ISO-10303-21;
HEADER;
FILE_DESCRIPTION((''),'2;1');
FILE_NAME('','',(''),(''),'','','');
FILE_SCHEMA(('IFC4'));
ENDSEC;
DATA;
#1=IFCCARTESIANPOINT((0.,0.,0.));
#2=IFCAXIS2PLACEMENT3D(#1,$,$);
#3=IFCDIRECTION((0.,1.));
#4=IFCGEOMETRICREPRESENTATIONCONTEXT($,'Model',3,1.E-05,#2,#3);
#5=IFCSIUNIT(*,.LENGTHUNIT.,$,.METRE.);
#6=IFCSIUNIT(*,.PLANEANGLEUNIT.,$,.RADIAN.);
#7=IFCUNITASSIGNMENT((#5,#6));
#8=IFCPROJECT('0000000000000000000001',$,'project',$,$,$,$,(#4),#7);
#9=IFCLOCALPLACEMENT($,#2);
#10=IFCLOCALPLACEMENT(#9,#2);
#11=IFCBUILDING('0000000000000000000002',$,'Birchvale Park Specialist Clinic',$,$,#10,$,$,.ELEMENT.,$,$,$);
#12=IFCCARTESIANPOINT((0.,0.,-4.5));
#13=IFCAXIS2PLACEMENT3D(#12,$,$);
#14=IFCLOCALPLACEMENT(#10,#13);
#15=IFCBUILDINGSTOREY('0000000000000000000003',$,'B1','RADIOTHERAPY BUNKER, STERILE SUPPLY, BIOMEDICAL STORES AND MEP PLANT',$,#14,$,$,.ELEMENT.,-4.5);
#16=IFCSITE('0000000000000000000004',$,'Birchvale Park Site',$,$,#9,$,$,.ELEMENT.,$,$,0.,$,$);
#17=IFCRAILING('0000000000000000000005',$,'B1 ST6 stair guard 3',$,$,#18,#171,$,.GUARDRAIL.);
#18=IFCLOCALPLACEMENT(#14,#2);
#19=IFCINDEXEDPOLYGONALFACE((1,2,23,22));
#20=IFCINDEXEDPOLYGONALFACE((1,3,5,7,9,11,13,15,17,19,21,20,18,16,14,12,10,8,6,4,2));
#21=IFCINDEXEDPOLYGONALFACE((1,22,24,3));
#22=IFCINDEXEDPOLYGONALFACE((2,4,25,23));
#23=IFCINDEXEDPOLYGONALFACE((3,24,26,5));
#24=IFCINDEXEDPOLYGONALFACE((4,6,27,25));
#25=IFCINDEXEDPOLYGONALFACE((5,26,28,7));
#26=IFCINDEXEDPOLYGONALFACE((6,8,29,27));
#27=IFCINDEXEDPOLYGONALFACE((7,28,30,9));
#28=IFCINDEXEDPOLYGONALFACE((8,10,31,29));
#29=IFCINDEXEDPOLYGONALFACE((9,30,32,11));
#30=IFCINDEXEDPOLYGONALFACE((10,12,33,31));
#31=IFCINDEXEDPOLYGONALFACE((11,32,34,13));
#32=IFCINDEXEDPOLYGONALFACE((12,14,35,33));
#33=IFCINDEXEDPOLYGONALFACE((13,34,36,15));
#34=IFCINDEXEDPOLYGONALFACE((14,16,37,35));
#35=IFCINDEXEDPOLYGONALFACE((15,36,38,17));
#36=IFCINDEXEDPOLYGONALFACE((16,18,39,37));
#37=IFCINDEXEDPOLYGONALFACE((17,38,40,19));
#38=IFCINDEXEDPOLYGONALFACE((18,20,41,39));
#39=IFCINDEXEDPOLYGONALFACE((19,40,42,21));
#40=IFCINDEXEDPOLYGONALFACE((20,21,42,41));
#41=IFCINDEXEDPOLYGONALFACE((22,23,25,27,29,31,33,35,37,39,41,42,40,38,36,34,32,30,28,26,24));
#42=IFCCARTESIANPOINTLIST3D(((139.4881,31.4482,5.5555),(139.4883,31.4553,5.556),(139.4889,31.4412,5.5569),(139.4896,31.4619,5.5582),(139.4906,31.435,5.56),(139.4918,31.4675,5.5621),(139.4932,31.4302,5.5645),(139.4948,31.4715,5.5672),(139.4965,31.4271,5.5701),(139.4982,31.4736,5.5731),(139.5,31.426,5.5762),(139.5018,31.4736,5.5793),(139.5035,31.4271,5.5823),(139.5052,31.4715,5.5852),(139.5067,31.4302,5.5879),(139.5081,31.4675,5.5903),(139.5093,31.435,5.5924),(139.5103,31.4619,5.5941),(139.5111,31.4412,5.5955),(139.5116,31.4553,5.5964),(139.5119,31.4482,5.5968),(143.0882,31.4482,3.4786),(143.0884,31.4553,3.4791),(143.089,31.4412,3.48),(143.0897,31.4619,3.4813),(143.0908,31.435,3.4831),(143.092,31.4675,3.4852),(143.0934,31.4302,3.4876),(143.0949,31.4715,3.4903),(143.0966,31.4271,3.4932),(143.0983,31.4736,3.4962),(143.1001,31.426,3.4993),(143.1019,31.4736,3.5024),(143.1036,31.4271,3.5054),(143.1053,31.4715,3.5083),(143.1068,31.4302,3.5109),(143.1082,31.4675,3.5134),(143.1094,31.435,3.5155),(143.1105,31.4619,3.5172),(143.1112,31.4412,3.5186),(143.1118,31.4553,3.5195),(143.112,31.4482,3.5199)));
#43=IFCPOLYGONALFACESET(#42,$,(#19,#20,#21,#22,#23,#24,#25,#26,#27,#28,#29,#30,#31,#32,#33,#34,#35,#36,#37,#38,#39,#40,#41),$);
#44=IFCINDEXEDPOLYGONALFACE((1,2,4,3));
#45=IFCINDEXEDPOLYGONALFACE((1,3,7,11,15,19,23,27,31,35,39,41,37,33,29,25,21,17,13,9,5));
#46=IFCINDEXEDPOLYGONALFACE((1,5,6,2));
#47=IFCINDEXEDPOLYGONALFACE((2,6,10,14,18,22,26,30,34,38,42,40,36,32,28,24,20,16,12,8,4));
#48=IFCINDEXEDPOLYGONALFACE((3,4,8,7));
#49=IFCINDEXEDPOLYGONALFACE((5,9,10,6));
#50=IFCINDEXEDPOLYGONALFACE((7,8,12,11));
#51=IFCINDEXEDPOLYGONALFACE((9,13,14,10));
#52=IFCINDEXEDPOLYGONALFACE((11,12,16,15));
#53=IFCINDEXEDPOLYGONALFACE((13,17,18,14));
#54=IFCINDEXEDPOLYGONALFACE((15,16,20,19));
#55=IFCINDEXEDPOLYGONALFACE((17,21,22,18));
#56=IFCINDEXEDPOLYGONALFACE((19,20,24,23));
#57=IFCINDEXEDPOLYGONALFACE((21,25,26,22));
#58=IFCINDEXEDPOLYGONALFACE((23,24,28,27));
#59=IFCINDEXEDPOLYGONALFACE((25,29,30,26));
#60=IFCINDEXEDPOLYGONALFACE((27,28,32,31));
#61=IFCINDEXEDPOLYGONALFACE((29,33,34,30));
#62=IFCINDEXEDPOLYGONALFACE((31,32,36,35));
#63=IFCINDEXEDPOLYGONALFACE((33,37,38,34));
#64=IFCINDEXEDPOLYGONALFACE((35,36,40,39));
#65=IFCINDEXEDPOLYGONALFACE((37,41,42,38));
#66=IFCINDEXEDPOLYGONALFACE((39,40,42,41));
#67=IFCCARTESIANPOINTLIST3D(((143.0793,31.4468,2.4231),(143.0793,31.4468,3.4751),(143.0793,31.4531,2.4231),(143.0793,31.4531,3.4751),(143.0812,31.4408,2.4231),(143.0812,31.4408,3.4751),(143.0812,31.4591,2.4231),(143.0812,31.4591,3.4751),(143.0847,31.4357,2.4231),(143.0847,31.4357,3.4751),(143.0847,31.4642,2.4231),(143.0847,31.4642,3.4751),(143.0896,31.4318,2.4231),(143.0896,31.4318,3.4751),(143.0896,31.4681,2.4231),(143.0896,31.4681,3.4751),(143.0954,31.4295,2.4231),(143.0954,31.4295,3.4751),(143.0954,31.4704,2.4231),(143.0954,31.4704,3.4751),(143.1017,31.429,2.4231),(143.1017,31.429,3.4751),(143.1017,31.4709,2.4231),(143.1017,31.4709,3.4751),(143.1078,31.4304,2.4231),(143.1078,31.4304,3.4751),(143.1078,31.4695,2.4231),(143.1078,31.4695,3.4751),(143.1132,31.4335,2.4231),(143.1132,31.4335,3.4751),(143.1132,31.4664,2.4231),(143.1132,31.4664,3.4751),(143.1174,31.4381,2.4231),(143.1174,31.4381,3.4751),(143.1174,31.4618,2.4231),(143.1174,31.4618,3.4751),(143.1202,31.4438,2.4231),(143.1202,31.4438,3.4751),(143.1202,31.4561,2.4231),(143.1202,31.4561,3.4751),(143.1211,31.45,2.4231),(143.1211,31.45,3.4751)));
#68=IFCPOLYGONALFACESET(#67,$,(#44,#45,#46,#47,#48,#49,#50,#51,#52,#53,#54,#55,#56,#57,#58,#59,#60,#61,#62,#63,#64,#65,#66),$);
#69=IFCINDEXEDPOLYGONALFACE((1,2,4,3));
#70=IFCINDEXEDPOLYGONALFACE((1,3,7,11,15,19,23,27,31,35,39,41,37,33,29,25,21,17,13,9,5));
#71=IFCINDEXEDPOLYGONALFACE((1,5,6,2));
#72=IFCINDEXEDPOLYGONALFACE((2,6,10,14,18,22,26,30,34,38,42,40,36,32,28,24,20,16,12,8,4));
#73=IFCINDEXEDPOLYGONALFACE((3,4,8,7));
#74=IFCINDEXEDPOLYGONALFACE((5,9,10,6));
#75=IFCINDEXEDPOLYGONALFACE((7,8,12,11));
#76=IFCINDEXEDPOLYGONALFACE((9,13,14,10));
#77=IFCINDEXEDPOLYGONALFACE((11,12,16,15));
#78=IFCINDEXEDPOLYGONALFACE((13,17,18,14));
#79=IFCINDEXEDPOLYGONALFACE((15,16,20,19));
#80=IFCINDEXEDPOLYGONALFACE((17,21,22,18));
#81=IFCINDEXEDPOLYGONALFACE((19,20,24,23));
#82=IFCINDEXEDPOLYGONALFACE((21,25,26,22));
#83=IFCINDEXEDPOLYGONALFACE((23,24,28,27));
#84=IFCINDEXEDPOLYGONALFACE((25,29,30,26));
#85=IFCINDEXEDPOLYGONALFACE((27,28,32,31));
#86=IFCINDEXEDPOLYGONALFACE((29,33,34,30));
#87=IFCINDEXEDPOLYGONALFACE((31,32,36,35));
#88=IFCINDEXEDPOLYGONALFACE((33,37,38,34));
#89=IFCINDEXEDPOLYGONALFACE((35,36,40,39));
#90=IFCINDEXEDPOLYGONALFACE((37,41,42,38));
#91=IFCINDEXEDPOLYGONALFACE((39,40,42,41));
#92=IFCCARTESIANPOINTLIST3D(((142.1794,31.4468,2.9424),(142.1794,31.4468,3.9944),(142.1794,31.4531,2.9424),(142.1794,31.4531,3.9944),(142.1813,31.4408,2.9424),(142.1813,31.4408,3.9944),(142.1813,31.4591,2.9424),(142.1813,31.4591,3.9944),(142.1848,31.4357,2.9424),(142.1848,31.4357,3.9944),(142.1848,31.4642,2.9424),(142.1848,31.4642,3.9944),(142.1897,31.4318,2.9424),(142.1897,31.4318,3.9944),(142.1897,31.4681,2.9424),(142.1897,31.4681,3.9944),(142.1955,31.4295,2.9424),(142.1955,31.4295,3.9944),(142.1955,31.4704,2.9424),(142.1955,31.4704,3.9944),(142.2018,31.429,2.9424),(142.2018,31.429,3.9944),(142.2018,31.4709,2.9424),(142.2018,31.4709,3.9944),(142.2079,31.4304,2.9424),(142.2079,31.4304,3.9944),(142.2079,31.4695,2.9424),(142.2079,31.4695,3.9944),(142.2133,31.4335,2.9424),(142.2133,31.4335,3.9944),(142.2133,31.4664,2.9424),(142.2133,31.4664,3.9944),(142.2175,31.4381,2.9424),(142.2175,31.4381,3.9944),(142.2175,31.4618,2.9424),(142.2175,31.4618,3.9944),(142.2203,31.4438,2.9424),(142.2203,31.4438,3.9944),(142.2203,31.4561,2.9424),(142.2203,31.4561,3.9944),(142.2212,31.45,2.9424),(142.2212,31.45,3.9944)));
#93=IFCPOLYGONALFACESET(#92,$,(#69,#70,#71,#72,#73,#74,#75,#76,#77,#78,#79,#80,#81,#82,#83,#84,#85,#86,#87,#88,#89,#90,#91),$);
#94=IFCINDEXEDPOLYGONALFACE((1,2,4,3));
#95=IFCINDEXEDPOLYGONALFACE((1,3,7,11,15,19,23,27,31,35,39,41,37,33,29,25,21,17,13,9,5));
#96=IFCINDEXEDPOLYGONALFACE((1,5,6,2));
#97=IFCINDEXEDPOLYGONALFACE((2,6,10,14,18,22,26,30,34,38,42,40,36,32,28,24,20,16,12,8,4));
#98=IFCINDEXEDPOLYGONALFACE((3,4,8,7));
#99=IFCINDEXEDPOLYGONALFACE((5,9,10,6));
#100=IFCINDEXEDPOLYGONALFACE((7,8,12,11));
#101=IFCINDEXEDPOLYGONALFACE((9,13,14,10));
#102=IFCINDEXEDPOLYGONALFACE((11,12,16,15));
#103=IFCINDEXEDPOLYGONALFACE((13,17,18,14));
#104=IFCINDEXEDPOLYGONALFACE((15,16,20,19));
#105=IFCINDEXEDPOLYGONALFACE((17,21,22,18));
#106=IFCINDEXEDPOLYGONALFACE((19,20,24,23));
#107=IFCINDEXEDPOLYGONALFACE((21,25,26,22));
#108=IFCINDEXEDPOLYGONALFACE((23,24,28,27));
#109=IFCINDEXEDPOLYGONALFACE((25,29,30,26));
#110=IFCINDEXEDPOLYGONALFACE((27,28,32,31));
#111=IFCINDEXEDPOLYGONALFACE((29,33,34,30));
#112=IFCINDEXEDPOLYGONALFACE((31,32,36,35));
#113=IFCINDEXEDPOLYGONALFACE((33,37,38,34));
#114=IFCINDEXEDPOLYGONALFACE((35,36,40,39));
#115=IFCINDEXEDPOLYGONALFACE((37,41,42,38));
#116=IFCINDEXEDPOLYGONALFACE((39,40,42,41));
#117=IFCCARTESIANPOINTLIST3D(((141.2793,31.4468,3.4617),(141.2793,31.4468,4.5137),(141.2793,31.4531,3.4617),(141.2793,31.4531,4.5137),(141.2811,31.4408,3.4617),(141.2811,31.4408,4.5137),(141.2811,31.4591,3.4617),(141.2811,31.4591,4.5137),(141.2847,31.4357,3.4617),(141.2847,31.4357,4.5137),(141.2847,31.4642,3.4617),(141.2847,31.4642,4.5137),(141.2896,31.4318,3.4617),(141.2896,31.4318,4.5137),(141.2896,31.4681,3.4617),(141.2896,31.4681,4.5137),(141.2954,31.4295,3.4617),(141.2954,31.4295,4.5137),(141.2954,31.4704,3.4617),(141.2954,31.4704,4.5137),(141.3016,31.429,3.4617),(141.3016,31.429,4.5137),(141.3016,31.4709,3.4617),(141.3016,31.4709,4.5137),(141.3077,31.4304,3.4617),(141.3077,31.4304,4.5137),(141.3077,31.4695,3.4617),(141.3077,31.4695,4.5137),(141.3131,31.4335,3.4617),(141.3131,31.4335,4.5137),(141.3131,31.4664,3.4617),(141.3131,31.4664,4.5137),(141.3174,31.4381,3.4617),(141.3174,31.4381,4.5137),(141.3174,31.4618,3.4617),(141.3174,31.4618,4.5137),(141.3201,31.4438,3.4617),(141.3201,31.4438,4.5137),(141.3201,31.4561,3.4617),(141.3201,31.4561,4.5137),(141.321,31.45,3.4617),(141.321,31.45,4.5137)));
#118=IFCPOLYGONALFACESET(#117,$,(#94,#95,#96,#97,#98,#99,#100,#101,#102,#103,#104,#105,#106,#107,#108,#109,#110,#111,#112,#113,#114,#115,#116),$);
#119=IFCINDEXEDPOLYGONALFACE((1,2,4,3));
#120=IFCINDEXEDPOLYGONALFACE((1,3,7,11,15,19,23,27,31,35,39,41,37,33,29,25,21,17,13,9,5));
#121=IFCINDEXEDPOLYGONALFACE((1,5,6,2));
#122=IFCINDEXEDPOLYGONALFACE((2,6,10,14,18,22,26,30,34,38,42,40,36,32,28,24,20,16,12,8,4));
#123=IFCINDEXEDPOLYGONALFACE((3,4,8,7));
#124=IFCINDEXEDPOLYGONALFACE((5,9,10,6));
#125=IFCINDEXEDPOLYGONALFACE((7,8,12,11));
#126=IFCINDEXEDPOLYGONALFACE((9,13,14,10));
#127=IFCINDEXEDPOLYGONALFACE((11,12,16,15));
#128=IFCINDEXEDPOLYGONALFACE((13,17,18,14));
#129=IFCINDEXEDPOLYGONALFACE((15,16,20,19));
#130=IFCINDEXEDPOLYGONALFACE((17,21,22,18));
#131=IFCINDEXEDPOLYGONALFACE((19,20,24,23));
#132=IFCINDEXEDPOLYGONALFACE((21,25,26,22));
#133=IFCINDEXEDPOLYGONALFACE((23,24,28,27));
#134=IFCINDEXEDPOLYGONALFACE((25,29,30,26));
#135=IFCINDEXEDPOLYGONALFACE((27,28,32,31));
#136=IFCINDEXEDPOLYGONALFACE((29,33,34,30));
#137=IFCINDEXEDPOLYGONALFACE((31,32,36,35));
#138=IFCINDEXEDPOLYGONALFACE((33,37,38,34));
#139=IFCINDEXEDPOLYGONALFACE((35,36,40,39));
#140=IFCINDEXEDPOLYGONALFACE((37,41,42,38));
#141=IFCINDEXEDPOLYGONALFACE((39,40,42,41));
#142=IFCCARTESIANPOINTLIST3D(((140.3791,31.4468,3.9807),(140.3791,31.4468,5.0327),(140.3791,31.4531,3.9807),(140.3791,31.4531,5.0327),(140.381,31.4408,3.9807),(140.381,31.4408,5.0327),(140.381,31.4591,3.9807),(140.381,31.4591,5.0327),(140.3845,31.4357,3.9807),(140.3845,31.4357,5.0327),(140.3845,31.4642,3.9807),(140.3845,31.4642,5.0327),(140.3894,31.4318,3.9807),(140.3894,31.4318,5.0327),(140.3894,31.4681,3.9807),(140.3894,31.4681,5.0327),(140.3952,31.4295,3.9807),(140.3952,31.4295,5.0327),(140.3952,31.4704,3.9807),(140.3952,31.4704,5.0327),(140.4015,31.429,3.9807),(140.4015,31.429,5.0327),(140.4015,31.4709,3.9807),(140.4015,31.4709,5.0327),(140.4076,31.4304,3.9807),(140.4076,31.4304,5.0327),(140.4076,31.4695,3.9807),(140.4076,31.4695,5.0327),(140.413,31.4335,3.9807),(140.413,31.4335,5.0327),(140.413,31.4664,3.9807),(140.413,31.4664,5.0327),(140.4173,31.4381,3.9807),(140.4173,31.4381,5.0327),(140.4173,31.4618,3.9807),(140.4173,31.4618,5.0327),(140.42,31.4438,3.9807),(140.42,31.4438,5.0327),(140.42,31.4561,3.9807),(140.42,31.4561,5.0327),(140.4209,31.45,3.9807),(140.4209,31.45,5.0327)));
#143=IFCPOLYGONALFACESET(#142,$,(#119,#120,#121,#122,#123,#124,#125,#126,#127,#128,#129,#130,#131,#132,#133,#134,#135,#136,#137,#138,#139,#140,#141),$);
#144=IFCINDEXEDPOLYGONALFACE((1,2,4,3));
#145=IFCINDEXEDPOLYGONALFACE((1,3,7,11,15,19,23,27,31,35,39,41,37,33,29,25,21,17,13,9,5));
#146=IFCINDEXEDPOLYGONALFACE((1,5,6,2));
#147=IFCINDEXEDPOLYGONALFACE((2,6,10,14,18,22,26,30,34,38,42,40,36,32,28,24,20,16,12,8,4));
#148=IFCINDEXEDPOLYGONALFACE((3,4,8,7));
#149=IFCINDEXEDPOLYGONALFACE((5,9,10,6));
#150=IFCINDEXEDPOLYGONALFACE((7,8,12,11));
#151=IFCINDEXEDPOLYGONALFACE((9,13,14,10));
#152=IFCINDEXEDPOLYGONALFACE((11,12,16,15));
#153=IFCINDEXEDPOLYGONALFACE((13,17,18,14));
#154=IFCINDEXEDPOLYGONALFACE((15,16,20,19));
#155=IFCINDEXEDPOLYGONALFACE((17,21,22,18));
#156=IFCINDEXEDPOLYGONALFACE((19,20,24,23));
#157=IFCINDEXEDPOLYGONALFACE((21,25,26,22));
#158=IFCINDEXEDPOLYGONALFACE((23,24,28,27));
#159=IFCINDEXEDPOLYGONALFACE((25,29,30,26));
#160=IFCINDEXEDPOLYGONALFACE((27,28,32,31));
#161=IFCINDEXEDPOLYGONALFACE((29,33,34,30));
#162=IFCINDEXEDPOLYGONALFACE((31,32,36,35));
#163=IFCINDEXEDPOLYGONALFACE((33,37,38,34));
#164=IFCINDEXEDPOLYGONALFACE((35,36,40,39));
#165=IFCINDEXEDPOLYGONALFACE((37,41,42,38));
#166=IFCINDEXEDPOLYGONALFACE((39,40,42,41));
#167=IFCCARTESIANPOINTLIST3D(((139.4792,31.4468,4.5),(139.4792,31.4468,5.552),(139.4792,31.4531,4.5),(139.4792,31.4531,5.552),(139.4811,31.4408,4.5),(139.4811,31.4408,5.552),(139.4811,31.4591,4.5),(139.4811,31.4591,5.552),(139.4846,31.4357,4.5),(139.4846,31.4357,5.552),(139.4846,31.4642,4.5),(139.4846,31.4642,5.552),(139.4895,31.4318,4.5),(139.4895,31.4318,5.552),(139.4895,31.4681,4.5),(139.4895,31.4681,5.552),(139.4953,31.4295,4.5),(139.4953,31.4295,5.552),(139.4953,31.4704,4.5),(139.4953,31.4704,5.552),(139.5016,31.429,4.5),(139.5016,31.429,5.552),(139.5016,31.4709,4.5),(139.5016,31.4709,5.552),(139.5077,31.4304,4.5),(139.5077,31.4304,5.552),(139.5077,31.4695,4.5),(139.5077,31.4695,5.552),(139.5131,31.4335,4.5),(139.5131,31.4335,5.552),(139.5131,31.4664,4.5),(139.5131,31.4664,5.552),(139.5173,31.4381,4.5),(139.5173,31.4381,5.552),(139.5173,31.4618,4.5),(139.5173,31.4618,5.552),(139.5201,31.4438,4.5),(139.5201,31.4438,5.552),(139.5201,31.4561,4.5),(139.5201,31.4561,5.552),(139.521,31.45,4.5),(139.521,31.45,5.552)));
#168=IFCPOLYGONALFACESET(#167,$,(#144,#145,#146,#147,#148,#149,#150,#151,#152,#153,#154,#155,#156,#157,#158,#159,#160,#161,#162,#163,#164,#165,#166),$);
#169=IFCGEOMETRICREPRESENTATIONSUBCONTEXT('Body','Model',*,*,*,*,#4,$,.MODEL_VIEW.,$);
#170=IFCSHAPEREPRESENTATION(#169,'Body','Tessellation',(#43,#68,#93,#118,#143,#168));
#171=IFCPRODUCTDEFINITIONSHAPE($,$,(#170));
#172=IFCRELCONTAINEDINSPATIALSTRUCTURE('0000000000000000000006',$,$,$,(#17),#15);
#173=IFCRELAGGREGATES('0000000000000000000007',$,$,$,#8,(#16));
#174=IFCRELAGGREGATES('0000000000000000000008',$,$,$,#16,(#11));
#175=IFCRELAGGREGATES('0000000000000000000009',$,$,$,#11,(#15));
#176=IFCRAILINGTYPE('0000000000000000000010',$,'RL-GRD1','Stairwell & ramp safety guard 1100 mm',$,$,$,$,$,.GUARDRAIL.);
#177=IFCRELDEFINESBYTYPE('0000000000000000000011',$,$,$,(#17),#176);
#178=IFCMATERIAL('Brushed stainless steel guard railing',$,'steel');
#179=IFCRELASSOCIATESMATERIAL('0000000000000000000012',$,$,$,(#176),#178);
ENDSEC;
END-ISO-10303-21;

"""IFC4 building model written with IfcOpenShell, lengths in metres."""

from ifc_helpers import new_model, si_unit, direction, frame, origin, origin_2d, place, context, subcontext, project, spatial, circle, extrude, material, type_object, element, save


model = new_model("IFC4")

# Units and contexts
model_context = context("Model", 3, precision=1e-05, world=origin(), true_north=direction((0.0, 1.0)))
body_context = subcontext(model_context, "Body", "Model", "MODEL_VIEW")
ifc_project = project(units=[si_unit("LENGTHUNIT", "METRE"), si_unit("PLANEANGLEUNIT", "RADIAN")], contexts=[model_context])

# Site, building, storey
site_placement = place(None, origin())
site = spatial("IfcSite", under=ifc_project, at=site_placement, Name="Birchvale Park Site", CompositionType="ELEMENT", RefElevation=0.0)
building_placement = place(site_placement, origin())
building = spatial("IfcBuilding", under=site, at=building_placement, Name="Birchvale Park Specialist Clinic", CompositionType="ELEMENT")
storey_placement = place(building_placement, frame((0.0, 0.0, -4.5)))
storey = spatial("IfcBuildingStorey", under=building, at=storey_placement, Name="B1", Description="RADIOTHERAPY BUNKER, STERILE SUPPLY, BIOMEDICAL STORES AND MEP PLANT", CompositionType="ELEMENT", Elevation=-4.5)

# Railing
ifc_material_1 = material(Name="Brushed stainless steel guard railing", Category="steel")
railing_type_1 = type_object("IfcRailingType", Name="RL-GRD1", Description="Stairwell & ramp safety guard 1100 mm", PredefinedType="GUARDRAIL", material=ifc_material_1)
railing_1_placement = place(storey_placement, frame((143.1001, 31.45, 2.4231)))
element("IfcRailing", 1, at=railing_1_placement, inside=storey, type_object=railing_type_1, Name="B1 ST6 stair guard 3", PredefinedType="GUARDRAIL", context=body_context, shape_type="SweptSolid", body=[
    extrude(circle(Radius=0.0239, at=origin_2d()), frame((0.0, 0.0, 1.0762), z_axis=(-0.866193, 0.0, 0.499709), x_axis=(0.0, -1.0, 0.0)), (0.0, 0.0, 1.0), 4.1562),
    extrude(circle(Radius=0.021, at=origin_2d()), origin(), (0.0, 0.0, 1.0), 1.052),
    extrude(circle(Radius=0.021, at=origin_2d()), frame((-0.8999, 0.0, 0.5193)), (0.0, 0.0, 1.0), 1.052),
    extrude(circle(Radius=0.021, at=origin_2d()), frame((-1.8, 0.0, 1.0386)), (0.0, 0.0, 1.0), 1.052),
    extrude(circle(Radius=0.021, at=origin_2d()), frame((-2.7002, 0.0, 1.5576)), (0.0, 0.0, 1.0), 1.052),
    extrude(circle(Radius=0.021, at=origin_2d()), frame((-3.6001, 0.0, 2.0769)), (0.0, 0.0, 1.0), 1.052),
])

save(model, "model.ifc")
